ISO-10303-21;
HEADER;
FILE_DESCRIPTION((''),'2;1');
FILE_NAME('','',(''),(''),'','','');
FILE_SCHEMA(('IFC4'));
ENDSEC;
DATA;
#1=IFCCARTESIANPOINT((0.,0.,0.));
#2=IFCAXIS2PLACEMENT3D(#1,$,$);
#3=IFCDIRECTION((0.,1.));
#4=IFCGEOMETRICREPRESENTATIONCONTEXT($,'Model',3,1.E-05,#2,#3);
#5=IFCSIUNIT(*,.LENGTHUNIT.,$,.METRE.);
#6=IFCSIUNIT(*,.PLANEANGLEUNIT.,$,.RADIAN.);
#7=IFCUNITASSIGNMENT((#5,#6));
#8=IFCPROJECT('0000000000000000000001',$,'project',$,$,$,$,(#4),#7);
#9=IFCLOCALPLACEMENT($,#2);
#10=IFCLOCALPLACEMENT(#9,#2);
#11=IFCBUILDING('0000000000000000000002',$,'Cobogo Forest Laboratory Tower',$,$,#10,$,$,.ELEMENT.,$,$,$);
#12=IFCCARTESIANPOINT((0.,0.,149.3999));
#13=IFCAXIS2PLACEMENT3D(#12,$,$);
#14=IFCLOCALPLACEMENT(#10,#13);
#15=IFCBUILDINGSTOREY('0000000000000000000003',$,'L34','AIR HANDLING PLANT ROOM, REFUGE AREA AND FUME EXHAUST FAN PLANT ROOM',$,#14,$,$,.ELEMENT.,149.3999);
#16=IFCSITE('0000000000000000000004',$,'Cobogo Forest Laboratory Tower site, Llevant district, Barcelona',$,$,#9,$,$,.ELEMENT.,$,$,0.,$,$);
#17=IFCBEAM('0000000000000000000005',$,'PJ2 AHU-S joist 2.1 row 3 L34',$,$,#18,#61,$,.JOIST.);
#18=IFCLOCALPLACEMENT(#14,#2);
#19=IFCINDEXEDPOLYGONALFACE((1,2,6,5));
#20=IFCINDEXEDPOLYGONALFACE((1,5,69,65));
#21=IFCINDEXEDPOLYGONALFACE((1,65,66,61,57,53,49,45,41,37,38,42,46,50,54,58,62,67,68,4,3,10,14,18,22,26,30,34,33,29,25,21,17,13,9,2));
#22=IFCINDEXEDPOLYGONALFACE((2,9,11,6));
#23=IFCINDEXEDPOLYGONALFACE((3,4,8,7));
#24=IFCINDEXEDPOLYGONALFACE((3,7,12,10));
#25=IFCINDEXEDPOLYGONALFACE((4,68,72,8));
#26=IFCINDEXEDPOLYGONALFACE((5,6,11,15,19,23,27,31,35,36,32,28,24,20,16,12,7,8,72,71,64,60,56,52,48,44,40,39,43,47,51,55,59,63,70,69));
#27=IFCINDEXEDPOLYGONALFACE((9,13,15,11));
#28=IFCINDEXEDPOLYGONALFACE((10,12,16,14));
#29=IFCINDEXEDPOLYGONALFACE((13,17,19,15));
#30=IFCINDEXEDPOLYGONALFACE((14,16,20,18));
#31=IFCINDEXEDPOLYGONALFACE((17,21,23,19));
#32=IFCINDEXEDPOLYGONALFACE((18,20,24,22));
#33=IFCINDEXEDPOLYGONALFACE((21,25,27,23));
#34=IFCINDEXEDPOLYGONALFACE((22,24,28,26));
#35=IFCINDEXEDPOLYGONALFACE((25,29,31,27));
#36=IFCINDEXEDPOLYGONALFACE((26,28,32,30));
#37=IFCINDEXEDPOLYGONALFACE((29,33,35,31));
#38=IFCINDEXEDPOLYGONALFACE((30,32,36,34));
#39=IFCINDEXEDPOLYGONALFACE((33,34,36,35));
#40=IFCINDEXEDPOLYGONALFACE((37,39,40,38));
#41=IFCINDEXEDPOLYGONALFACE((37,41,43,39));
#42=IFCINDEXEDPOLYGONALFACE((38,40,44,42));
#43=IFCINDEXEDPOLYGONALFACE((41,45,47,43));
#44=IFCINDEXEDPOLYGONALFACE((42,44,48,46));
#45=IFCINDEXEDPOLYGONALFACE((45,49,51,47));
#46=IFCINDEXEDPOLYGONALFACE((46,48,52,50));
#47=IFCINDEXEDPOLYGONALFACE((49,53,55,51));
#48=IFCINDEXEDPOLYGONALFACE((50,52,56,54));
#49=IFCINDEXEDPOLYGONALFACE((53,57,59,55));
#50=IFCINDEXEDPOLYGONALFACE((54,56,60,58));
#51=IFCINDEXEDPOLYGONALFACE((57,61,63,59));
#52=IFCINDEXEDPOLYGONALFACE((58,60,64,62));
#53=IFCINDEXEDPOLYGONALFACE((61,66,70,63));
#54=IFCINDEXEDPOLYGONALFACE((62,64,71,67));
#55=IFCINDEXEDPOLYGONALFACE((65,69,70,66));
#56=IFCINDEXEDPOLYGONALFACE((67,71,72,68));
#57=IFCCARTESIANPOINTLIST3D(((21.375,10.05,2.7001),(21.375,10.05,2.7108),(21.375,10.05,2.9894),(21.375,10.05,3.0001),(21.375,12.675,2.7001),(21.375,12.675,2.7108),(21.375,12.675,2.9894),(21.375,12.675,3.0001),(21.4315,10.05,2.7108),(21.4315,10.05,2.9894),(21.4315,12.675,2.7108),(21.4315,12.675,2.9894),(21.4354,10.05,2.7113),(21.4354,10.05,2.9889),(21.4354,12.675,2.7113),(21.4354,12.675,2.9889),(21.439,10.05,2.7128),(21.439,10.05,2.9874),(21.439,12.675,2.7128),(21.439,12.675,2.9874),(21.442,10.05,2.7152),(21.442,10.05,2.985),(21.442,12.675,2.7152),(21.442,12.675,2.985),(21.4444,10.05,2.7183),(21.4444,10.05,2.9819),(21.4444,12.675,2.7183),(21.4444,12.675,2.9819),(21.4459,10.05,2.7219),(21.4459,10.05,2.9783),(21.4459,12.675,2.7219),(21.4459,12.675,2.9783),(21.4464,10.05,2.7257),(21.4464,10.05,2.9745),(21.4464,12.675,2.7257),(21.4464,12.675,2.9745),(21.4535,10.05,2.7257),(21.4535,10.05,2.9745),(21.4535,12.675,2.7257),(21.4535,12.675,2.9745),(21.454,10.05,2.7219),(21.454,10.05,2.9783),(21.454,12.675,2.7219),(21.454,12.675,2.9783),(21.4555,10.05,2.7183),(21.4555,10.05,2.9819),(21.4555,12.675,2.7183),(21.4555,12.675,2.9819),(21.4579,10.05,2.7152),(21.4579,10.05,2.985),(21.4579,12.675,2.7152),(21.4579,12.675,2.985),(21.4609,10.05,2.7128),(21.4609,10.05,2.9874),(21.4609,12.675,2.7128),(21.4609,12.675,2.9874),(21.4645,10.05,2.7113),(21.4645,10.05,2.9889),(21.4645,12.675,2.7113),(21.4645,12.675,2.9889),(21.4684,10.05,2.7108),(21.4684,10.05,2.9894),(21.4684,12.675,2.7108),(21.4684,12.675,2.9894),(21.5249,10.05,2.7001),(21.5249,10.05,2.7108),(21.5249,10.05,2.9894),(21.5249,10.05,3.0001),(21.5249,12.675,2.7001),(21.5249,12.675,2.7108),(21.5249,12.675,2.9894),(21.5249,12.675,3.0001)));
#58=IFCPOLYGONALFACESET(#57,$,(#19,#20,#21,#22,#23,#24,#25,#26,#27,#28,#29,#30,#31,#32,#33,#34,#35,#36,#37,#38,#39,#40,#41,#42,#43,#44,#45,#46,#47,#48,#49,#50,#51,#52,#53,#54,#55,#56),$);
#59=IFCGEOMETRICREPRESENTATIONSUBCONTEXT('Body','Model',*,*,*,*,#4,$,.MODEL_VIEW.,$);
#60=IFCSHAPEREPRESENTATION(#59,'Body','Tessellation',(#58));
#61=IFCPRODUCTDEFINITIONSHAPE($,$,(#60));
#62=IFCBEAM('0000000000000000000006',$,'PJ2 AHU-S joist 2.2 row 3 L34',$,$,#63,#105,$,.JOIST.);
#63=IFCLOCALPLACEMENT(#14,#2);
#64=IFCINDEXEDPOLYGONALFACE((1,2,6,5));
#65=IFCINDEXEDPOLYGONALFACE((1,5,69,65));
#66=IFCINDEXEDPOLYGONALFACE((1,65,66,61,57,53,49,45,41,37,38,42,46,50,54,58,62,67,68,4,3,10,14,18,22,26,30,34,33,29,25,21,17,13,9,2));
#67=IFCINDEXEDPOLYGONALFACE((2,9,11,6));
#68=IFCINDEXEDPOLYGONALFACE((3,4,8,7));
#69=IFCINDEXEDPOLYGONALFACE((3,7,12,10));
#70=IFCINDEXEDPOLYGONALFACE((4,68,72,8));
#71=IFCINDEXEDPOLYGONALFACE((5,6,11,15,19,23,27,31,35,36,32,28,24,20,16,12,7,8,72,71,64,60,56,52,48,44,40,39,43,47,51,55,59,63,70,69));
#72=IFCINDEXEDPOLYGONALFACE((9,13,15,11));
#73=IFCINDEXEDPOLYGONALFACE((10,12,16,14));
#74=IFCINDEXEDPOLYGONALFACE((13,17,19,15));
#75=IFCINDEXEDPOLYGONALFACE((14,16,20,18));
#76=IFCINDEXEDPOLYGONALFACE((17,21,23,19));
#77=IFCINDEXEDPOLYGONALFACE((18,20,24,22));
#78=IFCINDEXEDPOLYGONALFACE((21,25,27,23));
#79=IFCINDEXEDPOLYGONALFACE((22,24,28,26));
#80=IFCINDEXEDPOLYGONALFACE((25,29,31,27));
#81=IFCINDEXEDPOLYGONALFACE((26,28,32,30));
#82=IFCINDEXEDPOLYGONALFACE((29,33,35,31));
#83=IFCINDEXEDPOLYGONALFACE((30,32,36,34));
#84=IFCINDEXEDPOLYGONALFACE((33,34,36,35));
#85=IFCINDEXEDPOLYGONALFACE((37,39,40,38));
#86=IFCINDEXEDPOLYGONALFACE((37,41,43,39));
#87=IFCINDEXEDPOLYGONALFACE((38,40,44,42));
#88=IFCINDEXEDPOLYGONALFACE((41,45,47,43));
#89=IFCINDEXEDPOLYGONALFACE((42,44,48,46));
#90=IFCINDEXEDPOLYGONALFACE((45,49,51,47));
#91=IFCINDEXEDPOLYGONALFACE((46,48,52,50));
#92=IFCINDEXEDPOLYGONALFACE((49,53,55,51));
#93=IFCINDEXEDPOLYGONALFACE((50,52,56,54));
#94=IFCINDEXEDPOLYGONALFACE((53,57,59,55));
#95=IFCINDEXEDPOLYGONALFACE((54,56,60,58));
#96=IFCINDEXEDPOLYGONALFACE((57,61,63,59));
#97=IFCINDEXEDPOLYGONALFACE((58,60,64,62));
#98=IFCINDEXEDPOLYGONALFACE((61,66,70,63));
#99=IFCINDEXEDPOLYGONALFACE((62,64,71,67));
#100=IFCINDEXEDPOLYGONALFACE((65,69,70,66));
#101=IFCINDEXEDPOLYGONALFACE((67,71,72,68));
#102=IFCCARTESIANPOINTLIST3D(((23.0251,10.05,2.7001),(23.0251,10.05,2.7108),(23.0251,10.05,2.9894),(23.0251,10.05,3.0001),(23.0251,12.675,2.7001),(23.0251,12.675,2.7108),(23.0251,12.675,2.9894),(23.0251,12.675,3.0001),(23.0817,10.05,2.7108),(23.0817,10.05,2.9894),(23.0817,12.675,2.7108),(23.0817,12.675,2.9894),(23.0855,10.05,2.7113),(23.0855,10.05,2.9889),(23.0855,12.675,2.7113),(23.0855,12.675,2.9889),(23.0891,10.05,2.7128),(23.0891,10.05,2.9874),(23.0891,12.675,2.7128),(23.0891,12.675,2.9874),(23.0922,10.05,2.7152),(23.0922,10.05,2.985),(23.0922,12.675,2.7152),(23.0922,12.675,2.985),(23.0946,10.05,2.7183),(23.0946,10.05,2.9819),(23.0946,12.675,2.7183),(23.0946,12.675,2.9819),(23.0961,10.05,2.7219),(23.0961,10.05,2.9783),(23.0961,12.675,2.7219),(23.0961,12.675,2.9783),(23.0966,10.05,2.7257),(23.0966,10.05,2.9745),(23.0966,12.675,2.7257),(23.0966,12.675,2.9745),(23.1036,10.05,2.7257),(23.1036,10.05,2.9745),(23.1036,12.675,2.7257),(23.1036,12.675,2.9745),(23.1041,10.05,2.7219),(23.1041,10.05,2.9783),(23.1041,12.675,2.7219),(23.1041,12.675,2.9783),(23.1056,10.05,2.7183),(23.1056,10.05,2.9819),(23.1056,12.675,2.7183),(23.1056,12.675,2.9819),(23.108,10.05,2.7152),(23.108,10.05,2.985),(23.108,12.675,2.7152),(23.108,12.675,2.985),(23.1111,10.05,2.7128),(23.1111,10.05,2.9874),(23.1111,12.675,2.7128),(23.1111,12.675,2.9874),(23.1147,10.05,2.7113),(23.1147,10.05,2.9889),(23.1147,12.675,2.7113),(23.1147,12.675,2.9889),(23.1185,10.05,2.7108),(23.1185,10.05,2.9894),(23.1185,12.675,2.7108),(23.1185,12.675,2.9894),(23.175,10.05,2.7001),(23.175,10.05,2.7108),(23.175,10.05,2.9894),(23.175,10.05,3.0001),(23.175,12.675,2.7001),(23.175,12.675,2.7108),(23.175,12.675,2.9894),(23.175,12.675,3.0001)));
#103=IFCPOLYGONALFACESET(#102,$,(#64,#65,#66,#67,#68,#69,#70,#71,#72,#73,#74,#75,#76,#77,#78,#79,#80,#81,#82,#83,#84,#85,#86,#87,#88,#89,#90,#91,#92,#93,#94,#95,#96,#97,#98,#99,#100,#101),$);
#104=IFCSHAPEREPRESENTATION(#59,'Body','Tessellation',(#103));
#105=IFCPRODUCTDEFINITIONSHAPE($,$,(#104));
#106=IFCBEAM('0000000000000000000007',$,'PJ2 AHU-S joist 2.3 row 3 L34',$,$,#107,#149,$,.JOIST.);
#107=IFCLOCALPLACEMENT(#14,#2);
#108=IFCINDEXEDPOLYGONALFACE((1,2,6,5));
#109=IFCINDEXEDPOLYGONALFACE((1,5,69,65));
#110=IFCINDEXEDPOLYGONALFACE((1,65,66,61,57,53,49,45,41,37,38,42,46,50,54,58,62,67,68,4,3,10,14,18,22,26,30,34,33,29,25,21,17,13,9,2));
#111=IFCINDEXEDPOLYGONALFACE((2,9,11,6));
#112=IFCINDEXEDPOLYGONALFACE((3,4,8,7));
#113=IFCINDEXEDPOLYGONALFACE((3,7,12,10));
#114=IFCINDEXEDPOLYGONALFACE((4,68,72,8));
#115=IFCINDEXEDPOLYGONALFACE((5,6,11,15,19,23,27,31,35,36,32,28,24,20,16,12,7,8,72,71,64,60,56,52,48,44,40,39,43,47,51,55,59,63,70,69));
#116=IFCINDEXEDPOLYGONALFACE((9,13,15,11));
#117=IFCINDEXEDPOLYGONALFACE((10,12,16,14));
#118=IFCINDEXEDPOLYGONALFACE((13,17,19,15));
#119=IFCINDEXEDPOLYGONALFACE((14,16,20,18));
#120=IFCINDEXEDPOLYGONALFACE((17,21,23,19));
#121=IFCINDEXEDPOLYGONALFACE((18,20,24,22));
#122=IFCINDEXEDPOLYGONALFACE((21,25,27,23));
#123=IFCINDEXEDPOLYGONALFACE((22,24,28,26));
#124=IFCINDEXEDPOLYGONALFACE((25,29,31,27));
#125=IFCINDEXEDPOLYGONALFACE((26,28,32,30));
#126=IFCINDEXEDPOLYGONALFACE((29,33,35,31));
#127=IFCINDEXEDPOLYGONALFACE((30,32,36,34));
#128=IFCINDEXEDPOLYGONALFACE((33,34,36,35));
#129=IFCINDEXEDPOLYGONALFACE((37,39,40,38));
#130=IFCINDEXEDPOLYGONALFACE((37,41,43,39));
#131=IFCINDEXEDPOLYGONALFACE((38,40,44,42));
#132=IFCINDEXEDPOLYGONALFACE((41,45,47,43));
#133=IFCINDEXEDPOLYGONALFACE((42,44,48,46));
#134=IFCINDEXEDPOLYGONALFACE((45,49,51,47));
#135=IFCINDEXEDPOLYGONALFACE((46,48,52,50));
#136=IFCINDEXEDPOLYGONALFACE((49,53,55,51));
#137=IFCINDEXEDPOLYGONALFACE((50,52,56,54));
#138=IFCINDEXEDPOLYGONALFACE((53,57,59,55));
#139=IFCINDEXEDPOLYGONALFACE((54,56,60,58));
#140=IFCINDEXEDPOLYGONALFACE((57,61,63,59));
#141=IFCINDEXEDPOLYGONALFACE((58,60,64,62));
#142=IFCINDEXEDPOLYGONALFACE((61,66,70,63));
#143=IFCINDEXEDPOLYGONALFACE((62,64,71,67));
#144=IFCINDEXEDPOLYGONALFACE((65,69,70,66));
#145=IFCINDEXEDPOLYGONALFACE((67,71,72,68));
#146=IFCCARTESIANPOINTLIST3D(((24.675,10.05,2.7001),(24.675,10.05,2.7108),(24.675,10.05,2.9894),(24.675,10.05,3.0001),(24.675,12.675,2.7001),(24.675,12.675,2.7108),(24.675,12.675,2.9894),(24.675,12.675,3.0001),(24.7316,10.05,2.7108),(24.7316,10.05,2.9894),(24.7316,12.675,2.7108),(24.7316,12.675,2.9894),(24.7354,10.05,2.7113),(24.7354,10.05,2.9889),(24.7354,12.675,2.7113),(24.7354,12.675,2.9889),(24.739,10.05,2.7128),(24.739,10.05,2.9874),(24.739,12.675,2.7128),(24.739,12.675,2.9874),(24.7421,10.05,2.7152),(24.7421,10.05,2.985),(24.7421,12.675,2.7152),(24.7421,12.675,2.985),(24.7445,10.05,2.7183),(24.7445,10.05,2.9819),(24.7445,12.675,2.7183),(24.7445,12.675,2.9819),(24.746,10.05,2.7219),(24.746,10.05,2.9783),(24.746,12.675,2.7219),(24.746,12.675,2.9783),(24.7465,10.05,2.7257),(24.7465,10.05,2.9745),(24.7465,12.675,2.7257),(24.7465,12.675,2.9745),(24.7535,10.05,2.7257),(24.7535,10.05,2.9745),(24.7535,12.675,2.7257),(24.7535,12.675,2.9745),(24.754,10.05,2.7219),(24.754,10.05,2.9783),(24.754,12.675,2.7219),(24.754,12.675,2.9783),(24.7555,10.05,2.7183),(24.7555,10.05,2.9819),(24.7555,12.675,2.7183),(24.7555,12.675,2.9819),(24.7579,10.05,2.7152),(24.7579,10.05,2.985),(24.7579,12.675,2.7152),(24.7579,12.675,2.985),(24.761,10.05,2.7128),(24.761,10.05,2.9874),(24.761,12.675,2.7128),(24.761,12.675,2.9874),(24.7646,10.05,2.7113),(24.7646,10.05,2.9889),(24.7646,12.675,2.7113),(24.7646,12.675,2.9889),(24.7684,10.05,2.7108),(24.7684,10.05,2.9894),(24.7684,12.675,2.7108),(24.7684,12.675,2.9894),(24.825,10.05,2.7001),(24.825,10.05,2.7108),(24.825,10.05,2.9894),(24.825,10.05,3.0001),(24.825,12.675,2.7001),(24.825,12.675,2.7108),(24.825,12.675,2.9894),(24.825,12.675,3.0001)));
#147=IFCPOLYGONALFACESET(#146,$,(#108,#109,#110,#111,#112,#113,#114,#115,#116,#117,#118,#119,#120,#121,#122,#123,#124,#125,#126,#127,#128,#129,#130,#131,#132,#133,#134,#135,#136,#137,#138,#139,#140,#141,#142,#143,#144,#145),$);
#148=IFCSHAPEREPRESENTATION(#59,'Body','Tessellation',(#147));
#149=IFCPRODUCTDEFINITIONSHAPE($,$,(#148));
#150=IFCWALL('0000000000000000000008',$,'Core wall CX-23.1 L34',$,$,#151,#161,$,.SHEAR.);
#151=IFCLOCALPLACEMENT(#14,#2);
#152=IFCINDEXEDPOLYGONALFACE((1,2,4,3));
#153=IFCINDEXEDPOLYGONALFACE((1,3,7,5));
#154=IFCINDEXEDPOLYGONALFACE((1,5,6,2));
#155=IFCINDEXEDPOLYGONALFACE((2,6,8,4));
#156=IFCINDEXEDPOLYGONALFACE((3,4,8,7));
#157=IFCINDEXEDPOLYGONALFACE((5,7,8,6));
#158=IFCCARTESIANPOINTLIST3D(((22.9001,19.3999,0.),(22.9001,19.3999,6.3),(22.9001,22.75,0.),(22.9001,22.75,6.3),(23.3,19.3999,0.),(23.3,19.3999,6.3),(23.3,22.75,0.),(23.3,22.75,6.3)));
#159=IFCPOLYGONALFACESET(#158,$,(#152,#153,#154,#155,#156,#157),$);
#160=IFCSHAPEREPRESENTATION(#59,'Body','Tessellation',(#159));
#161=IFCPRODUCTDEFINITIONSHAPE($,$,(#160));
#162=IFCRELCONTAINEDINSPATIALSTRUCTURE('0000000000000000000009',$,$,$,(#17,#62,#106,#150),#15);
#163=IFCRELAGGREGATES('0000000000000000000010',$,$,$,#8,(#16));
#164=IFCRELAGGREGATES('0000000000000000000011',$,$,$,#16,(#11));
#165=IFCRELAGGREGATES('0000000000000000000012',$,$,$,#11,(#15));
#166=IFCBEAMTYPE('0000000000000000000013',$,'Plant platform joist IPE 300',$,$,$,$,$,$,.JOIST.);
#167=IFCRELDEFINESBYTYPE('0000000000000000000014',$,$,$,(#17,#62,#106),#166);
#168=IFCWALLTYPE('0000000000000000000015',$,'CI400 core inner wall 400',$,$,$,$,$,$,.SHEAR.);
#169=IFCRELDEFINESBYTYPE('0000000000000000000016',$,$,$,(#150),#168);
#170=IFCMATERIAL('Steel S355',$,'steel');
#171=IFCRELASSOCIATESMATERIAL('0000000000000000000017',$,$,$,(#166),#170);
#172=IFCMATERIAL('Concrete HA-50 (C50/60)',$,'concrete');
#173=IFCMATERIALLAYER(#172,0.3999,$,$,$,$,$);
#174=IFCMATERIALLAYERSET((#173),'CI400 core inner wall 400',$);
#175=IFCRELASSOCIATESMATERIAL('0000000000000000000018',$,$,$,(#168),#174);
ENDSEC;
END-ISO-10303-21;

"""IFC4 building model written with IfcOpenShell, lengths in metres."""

from ifc_helpers import new_model, si_unit, direction, frame, frame_2d, origin, origin_2d, place, context, subcontext, project, spatial, rectangle, i_section, extrude, material, layer, layer_set, material_profile, profile_set, type_object, element, save


model = new_model("IFC4")

# Units and contexts
model_context = context("Model", 3, precision=1e-05, world=origin(), true_north=direction((0.0, 1.0)))
body_context = subcontext(model_context, "Body", "Model", "MODEL_VIEW")
ifc_project = project(units=[si_unit("LENGTHUNIT", "METRE"), si_unit("PLANEANGLEUNIT", "RADIAN")], contexts=[model_context])

# Site, building, storey
site_placement = place(None, origin())
site = spatial("IfcSite", under=ifc_project, at=site_placement, Name="Cobogo Forest Laboratory Tower site, Llevant district, Barcelona", CompositionType="ELEMENT", RefElevation=0.0)
building_placement = place(site_placement, origin())
building = spatial("IfcBuilding", under=site, at=building_placement, Name="Cobogo Forest Laboratory Tower", CompositionType="ELEMENT")
storey_placement = place(building_placement, frame((0.0, 0.0, 149.3999)))
storey = spatial("IfcBuildingStorey", under=building, at=storey_placement, Name="L34", Description="AIR HANDLING PLANT ROOM, REFUGE AREA AND FUME EXHAUST FAN PLANT ROOM", CompositionType="ELEMENT", Elevation=149.3999)

# Shared definitions
ifc_material_1 = material(Name="Steel S355", Category="steel")

# Beams
ifc_material_profile_1 = material_profile(ifc_material_1, i_section(OverallWidth=0.1499, OverallDepth=0.3, WebThickness=0.0071, FlangeThickness=0.0107, FilletRadius=0.0149, at=origin_2d()), Name="IPE 300")
ifc_profile_set_1 = profile_set([ifc_material_profile_1], Name="Steel S355")
beam_type_1 = type_object("IfcBeamType", Name="Plant platform joist IPE 300", PredefinedType="JOIST", material=ifc_profile_set_1)
for number, where, z_axis, x_axis, name in (
    (1, (21.45, 10.05, 2.8501), (0.0, 1.0, 0.0), (-1.0, 0.0, 0.0), "PJ2 AHU-S joist 2.1 row 3 L34"),
    (2, (23.1001, 10.05, 2.8501), (0.0, 1.0, 0.0), (-1.0, 0.0, 0.0), "PJ2 AHU-S joist 2.2 row 3 L34"),
    (3, (24.75, 10.05, 2.8501), (0.0, 1.0, 0.0), (-1.0, 0.0, 0.0), "PJ2 AHU-S joist 2.3 row 3 L34"),
):
    element("IfcBeam", number, at=place(storey_placement, frame(where, z_axis=z_axis, x_axis=x_axis)), inside=storey, type_object=beam_type_1, Name=name, PredefinedType="JOIST", context=body_context, shape_type="SweptSolid", body=[
        extrude(i_section(OverallWidth=0.1499, OverallDepth=0.3, WebThickness=0.0071, FlangeThickness=0.0107, FilletRadius=0.0149, at=origin_2d()), origin(), (0.0, 0.0, 1.0), 2.625),
    ])

# Wall
ifc_material_2 = material(Name="Concrete HA-50 (C50/60)", Category="concrete")
ifc_layer = layer(ifc_material_2, 0.3999)
ifc_layer_set = layer_set([ifc_layer], Name="CI400 core inner wall 400")
wall_type = type_object("IfcWallType", Name="CI400 core inner wall 400", PredefinedType="SHEAR", material=ifc_layer_set)
wall_placement = place(storey_placement, frame((23.1001, 19.3999, 0.0), z_axis=(0.0, 0.0, 1.0), x_axis=(0.0, 1.0, 0.0)))
element("IfcWall", 4, at=wall_placement, inside=storey, type_object=wall_type, Name="Core wall CX-23.1 L34", PredefinedType="SHEAR", context=body_context, shape_type="SweptSolid", body=[
    extrude(rectangle(XDim=3.3501, YDim=0.3999, at=frame_2d((1.675, 0.0))), origin(), (0.0, 0.0, 1.0), 6.3),
])

save(model, "model.ifc")
